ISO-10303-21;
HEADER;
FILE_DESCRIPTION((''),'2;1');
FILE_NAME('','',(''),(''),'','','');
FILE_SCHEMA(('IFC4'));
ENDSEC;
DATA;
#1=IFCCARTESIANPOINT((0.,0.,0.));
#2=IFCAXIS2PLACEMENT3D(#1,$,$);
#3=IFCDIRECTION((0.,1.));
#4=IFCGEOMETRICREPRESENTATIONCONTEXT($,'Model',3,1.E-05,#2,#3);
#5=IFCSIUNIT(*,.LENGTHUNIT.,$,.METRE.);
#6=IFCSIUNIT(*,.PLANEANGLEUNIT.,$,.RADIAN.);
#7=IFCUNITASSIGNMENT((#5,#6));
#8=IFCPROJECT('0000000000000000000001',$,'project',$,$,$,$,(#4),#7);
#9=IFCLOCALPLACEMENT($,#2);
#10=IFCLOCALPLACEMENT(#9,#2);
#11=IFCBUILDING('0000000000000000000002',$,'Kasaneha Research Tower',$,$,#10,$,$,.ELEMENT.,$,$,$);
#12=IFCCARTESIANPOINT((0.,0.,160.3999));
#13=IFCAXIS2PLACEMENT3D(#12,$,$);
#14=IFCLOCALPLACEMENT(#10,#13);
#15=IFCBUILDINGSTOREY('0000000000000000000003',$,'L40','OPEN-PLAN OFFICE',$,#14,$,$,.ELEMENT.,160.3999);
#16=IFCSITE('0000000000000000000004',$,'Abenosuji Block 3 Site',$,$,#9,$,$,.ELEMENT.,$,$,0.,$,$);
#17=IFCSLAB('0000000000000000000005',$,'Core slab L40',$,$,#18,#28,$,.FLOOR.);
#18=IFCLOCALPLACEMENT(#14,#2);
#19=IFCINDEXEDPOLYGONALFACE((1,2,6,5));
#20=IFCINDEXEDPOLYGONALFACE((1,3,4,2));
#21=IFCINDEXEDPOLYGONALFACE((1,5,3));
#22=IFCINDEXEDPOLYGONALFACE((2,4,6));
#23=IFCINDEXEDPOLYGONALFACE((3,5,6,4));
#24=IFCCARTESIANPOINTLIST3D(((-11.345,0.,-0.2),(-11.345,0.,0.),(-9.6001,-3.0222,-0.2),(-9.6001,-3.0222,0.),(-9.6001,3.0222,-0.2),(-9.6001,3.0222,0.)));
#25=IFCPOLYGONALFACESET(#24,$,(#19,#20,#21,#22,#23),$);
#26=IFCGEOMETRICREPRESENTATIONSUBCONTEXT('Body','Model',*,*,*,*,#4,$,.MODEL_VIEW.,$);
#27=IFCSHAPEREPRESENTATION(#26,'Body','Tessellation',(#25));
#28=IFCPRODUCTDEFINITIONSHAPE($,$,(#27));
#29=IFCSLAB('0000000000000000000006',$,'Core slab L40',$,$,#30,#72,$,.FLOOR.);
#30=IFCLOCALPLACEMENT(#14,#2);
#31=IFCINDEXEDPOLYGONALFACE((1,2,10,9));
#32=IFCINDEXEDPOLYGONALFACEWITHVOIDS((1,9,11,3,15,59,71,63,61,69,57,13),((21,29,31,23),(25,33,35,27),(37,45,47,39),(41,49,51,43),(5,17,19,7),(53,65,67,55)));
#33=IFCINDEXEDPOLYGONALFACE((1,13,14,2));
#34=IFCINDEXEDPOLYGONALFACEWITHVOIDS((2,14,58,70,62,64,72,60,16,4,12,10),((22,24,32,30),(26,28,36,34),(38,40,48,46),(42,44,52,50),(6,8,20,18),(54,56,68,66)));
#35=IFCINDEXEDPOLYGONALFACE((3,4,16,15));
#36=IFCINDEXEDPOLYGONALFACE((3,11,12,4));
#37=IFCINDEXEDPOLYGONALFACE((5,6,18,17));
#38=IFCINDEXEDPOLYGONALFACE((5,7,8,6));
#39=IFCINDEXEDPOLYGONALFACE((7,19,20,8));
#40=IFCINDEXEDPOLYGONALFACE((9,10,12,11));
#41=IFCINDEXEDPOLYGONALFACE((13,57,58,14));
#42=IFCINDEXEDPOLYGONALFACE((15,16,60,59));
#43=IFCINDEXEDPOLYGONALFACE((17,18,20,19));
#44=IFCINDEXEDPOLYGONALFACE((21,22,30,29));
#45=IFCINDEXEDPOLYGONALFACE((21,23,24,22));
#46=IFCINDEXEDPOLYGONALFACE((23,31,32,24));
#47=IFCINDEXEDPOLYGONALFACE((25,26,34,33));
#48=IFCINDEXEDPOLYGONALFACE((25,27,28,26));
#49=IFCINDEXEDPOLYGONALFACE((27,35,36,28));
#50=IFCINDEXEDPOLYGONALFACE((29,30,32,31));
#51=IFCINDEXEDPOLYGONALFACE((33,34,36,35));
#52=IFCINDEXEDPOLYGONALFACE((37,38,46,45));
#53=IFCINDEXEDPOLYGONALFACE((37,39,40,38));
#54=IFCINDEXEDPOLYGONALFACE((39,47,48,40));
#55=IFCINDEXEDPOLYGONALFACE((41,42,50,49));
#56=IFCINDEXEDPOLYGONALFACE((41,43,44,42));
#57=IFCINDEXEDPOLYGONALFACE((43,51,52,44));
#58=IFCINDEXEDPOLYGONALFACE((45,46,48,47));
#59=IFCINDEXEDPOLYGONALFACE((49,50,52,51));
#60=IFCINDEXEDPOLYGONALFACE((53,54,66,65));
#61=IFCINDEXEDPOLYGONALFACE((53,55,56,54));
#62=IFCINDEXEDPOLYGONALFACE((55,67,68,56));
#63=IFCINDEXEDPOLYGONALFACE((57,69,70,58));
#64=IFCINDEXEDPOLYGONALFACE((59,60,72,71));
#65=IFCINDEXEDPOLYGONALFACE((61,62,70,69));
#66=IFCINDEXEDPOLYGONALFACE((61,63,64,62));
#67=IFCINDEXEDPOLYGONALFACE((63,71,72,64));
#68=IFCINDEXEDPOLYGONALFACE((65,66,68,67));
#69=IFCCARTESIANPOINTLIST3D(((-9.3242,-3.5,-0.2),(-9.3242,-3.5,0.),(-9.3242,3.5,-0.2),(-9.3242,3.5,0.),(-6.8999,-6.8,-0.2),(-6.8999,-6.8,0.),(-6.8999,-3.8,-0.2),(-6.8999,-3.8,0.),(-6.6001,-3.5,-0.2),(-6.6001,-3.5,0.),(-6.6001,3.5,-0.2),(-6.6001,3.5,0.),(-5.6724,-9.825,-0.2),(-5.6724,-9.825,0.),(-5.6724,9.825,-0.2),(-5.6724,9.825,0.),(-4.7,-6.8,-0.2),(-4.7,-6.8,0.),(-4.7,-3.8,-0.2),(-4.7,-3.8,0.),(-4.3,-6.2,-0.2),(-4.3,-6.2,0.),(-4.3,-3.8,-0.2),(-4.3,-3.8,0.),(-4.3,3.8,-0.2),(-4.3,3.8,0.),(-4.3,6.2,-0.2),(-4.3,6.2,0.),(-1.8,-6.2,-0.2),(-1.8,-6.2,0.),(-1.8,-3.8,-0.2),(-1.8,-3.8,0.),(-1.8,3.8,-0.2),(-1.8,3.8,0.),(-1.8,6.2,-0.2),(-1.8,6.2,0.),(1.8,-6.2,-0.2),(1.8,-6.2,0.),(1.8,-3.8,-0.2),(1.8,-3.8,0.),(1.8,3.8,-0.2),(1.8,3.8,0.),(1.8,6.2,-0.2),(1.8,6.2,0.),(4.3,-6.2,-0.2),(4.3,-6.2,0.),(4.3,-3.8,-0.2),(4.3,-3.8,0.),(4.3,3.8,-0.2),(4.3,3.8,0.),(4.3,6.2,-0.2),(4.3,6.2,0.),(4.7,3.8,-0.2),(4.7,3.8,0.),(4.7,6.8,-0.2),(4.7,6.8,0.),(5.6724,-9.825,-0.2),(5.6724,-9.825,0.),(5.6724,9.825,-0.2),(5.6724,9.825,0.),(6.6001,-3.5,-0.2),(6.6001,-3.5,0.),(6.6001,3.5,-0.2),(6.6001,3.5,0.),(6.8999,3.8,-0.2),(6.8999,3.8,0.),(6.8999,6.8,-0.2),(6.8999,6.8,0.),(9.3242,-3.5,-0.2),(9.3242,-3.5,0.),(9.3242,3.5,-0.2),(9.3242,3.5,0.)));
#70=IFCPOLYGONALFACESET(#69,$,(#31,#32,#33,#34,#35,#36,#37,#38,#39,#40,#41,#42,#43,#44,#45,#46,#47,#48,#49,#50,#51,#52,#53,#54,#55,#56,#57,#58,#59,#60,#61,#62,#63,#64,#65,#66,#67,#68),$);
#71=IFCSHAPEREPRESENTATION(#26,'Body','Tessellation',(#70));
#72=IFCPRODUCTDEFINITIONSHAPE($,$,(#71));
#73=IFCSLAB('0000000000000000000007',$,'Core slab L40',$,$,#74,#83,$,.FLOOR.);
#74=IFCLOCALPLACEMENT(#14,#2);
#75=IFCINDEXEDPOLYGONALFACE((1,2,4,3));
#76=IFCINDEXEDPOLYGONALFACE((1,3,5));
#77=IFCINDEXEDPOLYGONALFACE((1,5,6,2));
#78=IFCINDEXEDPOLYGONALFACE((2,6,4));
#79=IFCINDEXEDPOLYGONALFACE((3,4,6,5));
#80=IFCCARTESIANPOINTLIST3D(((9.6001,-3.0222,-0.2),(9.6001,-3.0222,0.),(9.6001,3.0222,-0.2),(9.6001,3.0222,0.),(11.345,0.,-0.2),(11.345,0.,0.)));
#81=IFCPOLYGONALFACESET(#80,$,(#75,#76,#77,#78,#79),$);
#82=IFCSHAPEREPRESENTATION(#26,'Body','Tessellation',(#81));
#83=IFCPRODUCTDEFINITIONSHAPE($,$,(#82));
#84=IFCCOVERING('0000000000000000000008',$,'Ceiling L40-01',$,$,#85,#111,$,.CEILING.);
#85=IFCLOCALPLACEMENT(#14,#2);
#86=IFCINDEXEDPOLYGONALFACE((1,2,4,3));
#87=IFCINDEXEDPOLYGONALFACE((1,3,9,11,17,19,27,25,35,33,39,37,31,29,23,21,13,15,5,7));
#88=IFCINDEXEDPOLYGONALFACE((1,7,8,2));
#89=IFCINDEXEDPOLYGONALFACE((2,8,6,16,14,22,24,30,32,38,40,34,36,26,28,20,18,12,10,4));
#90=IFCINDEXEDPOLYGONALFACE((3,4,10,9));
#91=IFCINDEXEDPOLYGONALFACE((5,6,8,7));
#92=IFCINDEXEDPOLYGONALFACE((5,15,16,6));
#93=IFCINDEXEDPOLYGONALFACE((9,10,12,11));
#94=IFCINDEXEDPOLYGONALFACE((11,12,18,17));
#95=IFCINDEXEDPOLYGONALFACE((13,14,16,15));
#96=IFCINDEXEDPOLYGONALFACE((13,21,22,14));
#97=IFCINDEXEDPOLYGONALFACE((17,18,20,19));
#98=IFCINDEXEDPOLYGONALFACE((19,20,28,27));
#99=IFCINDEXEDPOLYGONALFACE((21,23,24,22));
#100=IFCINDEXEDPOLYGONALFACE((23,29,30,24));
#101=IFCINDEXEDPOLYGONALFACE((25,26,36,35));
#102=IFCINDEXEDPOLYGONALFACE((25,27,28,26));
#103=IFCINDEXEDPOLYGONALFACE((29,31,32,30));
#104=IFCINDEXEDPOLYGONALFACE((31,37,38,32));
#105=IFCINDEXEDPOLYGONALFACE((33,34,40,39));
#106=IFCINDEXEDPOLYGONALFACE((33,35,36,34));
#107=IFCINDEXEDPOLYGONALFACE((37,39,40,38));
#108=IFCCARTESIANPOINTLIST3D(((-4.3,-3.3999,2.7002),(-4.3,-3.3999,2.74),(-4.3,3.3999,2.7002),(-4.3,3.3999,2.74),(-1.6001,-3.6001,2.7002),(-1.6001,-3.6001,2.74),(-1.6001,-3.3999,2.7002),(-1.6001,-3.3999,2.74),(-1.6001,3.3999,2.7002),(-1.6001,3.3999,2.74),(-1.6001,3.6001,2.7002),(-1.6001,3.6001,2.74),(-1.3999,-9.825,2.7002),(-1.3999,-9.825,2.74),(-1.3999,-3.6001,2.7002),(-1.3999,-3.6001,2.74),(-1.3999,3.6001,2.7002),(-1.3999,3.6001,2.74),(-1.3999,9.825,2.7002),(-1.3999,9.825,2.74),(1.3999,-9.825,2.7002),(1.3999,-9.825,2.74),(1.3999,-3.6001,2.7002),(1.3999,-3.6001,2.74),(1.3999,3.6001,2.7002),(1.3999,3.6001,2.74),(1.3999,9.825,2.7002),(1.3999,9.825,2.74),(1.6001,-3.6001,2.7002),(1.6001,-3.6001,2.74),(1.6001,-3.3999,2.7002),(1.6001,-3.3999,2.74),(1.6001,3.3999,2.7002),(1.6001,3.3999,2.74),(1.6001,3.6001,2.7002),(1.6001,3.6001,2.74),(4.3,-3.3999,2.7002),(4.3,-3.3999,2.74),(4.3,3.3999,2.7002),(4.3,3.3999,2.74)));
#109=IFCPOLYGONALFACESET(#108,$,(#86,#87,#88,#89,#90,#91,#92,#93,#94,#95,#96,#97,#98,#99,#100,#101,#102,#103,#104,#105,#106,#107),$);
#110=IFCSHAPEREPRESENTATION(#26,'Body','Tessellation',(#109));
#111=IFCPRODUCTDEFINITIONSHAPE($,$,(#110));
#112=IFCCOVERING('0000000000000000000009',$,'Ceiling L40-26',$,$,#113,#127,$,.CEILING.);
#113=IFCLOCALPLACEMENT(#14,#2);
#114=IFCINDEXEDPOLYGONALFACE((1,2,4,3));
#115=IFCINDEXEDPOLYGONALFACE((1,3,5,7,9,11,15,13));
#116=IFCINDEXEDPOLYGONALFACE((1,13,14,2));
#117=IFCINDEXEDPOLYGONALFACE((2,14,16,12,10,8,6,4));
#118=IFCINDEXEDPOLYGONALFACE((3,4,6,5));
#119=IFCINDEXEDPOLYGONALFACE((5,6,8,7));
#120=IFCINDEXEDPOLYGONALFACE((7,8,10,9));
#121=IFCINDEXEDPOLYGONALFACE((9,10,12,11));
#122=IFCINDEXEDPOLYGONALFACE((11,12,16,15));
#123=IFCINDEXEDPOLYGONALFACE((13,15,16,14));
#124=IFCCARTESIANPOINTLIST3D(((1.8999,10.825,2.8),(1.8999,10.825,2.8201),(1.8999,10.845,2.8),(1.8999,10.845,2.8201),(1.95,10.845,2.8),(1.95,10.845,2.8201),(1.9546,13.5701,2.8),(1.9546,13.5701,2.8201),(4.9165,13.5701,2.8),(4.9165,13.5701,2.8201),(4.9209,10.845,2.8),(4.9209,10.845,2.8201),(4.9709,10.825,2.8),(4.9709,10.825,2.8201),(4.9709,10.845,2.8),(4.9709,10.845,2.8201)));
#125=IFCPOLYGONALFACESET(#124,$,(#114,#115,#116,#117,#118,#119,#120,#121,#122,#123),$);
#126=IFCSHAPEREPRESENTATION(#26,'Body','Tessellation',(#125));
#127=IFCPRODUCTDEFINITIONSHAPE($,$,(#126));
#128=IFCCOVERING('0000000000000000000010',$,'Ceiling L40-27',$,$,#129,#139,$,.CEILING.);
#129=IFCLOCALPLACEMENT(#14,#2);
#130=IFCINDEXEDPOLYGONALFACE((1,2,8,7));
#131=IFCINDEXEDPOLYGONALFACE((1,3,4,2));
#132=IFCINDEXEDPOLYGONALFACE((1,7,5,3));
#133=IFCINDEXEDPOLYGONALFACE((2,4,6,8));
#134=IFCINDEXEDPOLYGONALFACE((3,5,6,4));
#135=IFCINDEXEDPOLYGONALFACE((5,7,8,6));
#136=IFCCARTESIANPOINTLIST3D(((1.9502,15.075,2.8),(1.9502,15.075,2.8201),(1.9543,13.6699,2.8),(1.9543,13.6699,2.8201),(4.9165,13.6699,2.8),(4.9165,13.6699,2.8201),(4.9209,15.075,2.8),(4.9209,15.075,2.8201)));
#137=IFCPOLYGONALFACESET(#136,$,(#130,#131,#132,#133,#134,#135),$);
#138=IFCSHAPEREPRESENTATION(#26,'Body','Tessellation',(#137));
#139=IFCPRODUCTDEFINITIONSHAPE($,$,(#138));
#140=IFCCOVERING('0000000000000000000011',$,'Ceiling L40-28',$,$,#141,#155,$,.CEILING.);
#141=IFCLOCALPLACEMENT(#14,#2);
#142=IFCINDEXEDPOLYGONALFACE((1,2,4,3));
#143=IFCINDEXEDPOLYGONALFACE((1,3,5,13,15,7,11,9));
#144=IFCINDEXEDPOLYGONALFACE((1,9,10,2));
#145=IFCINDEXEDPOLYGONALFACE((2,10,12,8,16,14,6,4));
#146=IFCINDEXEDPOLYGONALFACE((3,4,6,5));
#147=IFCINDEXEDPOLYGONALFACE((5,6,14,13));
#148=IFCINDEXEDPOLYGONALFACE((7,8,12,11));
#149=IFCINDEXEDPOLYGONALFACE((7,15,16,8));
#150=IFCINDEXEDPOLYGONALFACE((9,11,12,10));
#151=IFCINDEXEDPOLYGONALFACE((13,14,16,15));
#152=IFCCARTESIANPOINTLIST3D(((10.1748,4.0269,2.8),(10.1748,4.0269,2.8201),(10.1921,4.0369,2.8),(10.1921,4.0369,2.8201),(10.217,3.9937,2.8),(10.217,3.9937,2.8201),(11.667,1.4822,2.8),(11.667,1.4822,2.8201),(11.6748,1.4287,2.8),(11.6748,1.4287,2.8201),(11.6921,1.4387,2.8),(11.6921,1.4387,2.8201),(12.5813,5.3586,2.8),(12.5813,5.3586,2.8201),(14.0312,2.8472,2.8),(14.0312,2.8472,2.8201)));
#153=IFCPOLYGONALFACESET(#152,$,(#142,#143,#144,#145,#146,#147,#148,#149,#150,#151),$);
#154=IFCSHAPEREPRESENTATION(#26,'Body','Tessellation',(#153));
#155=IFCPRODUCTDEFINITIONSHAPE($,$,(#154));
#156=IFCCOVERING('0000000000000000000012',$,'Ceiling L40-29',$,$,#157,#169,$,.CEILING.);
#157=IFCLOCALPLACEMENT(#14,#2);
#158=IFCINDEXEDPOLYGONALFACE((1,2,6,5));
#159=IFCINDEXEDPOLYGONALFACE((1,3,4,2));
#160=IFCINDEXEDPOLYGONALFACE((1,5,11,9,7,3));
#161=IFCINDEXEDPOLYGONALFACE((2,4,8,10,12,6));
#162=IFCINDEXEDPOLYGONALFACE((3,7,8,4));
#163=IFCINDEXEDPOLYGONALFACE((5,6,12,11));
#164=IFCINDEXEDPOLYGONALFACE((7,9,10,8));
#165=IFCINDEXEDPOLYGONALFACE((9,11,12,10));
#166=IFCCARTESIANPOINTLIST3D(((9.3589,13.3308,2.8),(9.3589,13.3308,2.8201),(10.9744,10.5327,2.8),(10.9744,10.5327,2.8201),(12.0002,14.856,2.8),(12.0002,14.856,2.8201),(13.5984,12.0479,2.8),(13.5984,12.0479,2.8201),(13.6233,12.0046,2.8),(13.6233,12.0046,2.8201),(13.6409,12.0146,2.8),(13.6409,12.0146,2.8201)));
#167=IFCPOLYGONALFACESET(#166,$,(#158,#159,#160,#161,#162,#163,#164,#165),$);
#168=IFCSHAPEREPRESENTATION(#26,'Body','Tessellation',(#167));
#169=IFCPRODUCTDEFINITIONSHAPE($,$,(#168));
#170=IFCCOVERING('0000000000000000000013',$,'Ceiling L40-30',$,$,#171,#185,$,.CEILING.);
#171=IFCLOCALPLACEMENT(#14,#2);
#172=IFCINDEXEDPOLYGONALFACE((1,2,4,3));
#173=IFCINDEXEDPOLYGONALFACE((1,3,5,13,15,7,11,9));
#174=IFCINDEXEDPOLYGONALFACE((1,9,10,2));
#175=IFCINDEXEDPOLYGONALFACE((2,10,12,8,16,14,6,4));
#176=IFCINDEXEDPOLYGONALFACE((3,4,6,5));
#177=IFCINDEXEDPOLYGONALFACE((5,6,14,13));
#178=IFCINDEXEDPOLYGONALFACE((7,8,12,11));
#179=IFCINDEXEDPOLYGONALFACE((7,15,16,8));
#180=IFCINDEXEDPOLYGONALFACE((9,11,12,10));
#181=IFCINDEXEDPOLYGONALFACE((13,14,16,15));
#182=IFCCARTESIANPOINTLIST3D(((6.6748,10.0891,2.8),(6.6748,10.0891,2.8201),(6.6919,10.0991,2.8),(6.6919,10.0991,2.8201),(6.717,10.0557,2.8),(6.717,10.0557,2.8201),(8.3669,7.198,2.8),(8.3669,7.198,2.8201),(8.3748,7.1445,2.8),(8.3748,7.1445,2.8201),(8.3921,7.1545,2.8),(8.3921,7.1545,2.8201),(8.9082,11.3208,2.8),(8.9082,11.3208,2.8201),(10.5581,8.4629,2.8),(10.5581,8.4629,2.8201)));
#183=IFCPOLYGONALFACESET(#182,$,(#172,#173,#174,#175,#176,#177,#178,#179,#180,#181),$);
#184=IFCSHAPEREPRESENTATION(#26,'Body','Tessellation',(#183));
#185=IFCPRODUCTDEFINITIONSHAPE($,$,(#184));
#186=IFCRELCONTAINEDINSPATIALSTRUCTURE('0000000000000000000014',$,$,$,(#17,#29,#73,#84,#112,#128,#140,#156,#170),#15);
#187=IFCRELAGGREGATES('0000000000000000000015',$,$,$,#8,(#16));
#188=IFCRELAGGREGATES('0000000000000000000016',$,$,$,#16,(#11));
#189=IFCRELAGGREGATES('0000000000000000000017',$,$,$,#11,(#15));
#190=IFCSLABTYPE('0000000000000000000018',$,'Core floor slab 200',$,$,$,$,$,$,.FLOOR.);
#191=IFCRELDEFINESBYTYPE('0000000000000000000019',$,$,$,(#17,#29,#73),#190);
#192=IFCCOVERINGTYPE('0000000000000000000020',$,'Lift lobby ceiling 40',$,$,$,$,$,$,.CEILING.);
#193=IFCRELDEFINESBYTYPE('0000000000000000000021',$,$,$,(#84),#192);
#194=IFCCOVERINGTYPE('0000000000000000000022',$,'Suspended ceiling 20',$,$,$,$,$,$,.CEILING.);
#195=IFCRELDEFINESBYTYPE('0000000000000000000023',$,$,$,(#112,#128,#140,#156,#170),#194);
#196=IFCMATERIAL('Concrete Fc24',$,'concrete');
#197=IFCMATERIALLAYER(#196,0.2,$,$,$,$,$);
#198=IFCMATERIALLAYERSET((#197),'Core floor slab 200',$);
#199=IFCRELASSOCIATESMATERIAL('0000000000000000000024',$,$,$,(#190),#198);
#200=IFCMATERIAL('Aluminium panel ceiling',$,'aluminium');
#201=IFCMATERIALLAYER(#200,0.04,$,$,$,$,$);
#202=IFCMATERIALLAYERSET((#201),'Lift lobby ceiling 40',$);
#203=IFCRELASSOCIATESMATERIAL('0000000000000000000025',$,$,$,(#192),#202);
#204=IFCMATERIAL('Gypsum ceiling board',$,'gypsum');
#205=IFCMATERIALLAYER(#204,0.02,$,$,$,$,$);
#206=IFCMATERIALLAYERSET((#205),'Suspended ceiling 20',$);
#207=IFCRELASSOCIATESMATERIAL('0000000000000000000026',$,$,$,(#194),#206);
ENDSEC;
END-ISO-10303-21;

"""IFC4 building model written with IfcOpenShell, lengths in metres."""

from ifc_helpers import new_model, si_unit, direction, frame, origin, place, context, subcontext, project, spatial, polyline, outline, extrude, material, layer, layer_set, type_object, element, save


model = new_model("IFC4")

# Units and contexts
model_context = context("Model", 3, precision=1e-05, world=origin(), true_north=direction((0.0, 1.0)))
body_context = subcontext(model_context, "Body", "Model", "MODEL_VIEW")
ifc_project = project(units=[si_unit("LENGTHUNIT", "METRE"), si_unit("PLANEANGLEUNIT", "RADIAN")], contexts=[model_context])

# Site, building, storey
site_placement = place(None, origin())
site = spatial("IfcSite", under=ifc_project, at=site_placement, Name="Abenosuji Block 3 Site", CompositionType="ELEMENT", RefElevation=0.0)
building_placement = place(site_placement, origin())
building = spatial("IfcBuilding", under=site, at=building_placement, Name="Kasaneha Research Tower", CompositionType="ELEMENT")
storey_placement = place(building_placement, frame((0.0, 0.0, 160.3999)))
storey = spatial("IfcBuildingStorey", under=building, at=storey_placement, Name="L40", Description="OPEN-PLAN OFFICE", CompositionType="ELEMENT", Elevation=160.3999)

# Slabs
ifc_material_1 = material(Name="Concrete Fc24", Category="concrete")
ifc_layer_1 = layer(ifc_material_1, 0.2)
ifc_layer_set_1 = layer_set([ifc_layer_1], Name="Core floor slab 200")
slab_type = type_object("IfcSlabType", Name="Core floor slab 200", PredefinedType="FLOOR", material=ifc_layer_set_1)
slab_1_placement = place(storey_placement, frame((0.0, 0.0, -0.2)))
element("IfcSlab", 1, at=slab_1_placement, inside=storey, type_object=slab_type, Name="Core slab L40", PredefinedType="FLOOR", context=body_context, shape_type="SweptSolid", body=[
    extrude(outline(polyline([(-11.345, 0.0), (-9.6001, 3.0222), (-9.6001, -3.0222), (-11.345, 0.0)])), origin(), (0.0, 0.0, 1.0), 0.2),
])
slab_2_placement = place(storey_placement, frame((0.0, 0.0, -0.2)))
element("IfcSlab", 2, at=slab_2_placement, inside=storey, type_object=slab_type, Name="Core slab L40", PredefinedType="FLOOR", context=body_context, shape_type="SweptSolid", body=[
    extrude(outline(polyline([(-5.6724, 9.825), (5.6724, 9.825), (9.3242, 3.5), (6.6001, 3.5), (6.6001, -3.5), (9.3242, -3.5), (5.6724, -9.825), (-5.6724, -9.825), (-9.3242, -3.5), (-6.6001, -3.5), (-6.6001, 3.5), (-9.3242, 3.5), (-5.6724, 9.825)]), holes=[polyline([(-6.8999, -3.8), (-6.8999, -6.8), (-4.7, -6.8), (-4.7, -3.8), (-6.8999, -3.8)]), polyline([(-4.3, -3.8), (-4.3, -6.2), (-1.8, -6.2), (-1.8, -3.8), (-4.3, -3.8)]), polyline([(1.8, -3.8), (1.8, -6.2), (4.3, -6.2), (4.3, -3.8), (1.8, -3.8)]), polyline([(-4.3, 6.2), (-4.3, 3.8), (-1.8, 3.8), (-1.8, 6.2), (-4.3, 6.2)]), polyline([(1.8, 6.2), (1.8, 3.8), (4.3, 3.8), (4.3, 6.2), (1.8, 6.2)]), polyline([(4.7, 6.8), (4.7, 3.8), (6.8999, 3.8), (6.8999, 6.8), (4.7, 6.8)])]), origin(), (0.0, 0.0, 1.0), 0.2),
])
slab_3_placement = place(storey_placement, frame((0.0, 0.0, -0.2)))
element("IfcSlab", 3, at=slab_3_placement, inside=storey, type_object=slab_type, Name="Core slab L40", PredefinedType="FLOOR", context=body_context, shape_type="SweptSolid", body=[
    extrude(outline(polyline([(11.345, 0.0), (9.6001, -3.0222), (9.6001, 3.0222), (11.345, 0.0)])), origin(), (0.0, 0.0, 1.0), 0.2),
])

# Coverings
ifc_material_2 = material(Name="Aluminium panel ceiling", Category="aluminium")
ifc_layer_2 = layer(ifc_material_2, 0.04)
ifc_layer_set_2 = layer_set([ifc_layer_2], Name="Lift lobby ceiling 40")
covering_type_1 = type_object("IfcCoveringType", Name="Lift lobby ceiling 40", PredefinedType="CEILING", material=ifc_layer_set_2)
covering_1_placement = place(storey_placement, frame((0.0, 0.0, 2.7002)))
element("IfcCovering", 4, at=covering_1_placement, inside=storey, type_object=covering_type_1, Name="Ceiling L40-01", PredefinedType="CEILING", context=body_context, shape_type="SweptSolid", body=[
    extrude(outline(polyline([(1.3999, 9.825), (1.3999, 3.6001), (1.6001, 3.6001), (1.6001, 3.3999), (4.3, 3.3999), (4.3, -3.3999), (1.6001, -3.3999), (1.6001, -3.6001), (1.3999, -3.6001), (1.3999, -9.825), (-1.3999, -9.825), (-1.3999, -3.6001), (-1.6001, -3.6001), (-1.6001, -3.3999), (-4.3, -3.3999), (-4.3, 3.3999), (-1.6001, 3.3999), (-1.6001, 3.6001), (-1.3999, 3.6001), (-1.3999, 9.825), (1.3999, 9.825)])), origin(), (0.0, 0.0, 1.0), 0.0398),
])
ifc_material_3 = material(Name="Gypsum ceiling board", Category="gypsum")
ifc_layer_3 = layer(ifc_material_3, 0.02)
ifc_layer_set_3 = layer_set([ifc_layer_3], Name="Suspended ceiling 20")
covering_type_2 = type_object("IfcCoveringType", Name="Suspended ceiling 20", PredefinedType="CEILING", material=ifc_layer_set_3)
covering_2_placement = place(storey_placement, frame((0.0, 0.0, 2.8)))
element("IfcCovering", 5, at=covering_2_placement, inside=storey, type_object=covering_type_2, Name="Ceiling L40-26", PredefinedType="CEILING", context=body_context, shape_type="SweptSolid", body=[
    extrude(outline(polyline([(1.8999, 10.825), (1.8999, 10.845), (1.95, 10.845), (1.9546, 13.5701), (4.9165, 13.5701), (4.9209, 10.845), (4.9709, 10.845), (4.9709, 10.825), (1.8999, 10.825)])), origin(), (0.0, 0.0, 1.0), 0.02),
])
covering_3_placement = place(storey_placement, frame((0.0, 0.0, 2.8)))
element("IfcCovering", 6, at=covering_3_placement, inside=storey, type_object=covering_type_2, Name="Ceiling L40-27", PredefinedType="CEILING", context=body_context, shape_type="SweptSolid", body=[
    extrude(outline(polyline([(4.9165, 13.6699), (1.9543, 13.6699), (1.9502, 15.075), (4.9209, 15.075), (4.9165, 13.6699)])), origin(), (0.0, 0.0, 1.0), 0.02),
])
covering_4_placement = place(storey_placement, frame((0.0, 0.0, 2.8)))
element("IfcCovering", 7, at=covering_4_placement, inside=storey, type_object=covering_type_2, Name="Ceiling L40-28", PredefinedType="CEILING", context=body_context, shape_type="SweptSolid", body=[
    extrude(outline(polyline([(10.1748, 4.0269), (10.1921, 4.0369), (10.217, 3.9937), (12.5813, 5.3586), (14.0312, 2.8472), (11.667, 1.4822), (11.6921, 1.4387), (11.6748, 1.4287), (10.1748, 4.0269)])), origin(), (0.0, 0.0, 1.0), 0.02),
])
covering_5_placement = place(storey_placement, frame((0.0, 0.0, 2.8)))
element("IfcCovering", 8, at=covering_5_placement, inside=storey, type_object=covering_type_2, Name="Ceiling L40-29", PredefinedType="CEILING", context=body_context, shape_type="SweptSolid", body=[
    extrude(outline(polyline([(13.6409, 12.0146), (13.6233, 12.0046), (13.5984, 12.0479), (10.9744, 10.5327), (9.3589, 13.3308), (12.0002, 14.856), (13.6409, 12.0146)])), origin(), (0.0, 0.0, 1.0), 0.02),
])
covering_6_placement = place(storey_placement, frame((0.0, 0.0, 2.8)))
element("IfcCovering", 9, at=covering_6_placement, inside=storey, type_object=covering_type_2, Name="Ceiling L40-30", PredefinedType="CEILING", context=body_context, shape_type="SweptSolid", body=[
    extrude(outline(polyline([(6.6748, 10.0891), (6.6919, 10.0991), (6.717, 10.0557), (8.9082, 11.3208), (10.5581, 8.4629), (8.3669, 7.198), (8.3921, 7.1545), (8.3748, 7.1445), (6.6748, 10.0891)])), origin(), (0.0, 0.0, 1.0), 0.02),
])

save(model, "model.ifc")
